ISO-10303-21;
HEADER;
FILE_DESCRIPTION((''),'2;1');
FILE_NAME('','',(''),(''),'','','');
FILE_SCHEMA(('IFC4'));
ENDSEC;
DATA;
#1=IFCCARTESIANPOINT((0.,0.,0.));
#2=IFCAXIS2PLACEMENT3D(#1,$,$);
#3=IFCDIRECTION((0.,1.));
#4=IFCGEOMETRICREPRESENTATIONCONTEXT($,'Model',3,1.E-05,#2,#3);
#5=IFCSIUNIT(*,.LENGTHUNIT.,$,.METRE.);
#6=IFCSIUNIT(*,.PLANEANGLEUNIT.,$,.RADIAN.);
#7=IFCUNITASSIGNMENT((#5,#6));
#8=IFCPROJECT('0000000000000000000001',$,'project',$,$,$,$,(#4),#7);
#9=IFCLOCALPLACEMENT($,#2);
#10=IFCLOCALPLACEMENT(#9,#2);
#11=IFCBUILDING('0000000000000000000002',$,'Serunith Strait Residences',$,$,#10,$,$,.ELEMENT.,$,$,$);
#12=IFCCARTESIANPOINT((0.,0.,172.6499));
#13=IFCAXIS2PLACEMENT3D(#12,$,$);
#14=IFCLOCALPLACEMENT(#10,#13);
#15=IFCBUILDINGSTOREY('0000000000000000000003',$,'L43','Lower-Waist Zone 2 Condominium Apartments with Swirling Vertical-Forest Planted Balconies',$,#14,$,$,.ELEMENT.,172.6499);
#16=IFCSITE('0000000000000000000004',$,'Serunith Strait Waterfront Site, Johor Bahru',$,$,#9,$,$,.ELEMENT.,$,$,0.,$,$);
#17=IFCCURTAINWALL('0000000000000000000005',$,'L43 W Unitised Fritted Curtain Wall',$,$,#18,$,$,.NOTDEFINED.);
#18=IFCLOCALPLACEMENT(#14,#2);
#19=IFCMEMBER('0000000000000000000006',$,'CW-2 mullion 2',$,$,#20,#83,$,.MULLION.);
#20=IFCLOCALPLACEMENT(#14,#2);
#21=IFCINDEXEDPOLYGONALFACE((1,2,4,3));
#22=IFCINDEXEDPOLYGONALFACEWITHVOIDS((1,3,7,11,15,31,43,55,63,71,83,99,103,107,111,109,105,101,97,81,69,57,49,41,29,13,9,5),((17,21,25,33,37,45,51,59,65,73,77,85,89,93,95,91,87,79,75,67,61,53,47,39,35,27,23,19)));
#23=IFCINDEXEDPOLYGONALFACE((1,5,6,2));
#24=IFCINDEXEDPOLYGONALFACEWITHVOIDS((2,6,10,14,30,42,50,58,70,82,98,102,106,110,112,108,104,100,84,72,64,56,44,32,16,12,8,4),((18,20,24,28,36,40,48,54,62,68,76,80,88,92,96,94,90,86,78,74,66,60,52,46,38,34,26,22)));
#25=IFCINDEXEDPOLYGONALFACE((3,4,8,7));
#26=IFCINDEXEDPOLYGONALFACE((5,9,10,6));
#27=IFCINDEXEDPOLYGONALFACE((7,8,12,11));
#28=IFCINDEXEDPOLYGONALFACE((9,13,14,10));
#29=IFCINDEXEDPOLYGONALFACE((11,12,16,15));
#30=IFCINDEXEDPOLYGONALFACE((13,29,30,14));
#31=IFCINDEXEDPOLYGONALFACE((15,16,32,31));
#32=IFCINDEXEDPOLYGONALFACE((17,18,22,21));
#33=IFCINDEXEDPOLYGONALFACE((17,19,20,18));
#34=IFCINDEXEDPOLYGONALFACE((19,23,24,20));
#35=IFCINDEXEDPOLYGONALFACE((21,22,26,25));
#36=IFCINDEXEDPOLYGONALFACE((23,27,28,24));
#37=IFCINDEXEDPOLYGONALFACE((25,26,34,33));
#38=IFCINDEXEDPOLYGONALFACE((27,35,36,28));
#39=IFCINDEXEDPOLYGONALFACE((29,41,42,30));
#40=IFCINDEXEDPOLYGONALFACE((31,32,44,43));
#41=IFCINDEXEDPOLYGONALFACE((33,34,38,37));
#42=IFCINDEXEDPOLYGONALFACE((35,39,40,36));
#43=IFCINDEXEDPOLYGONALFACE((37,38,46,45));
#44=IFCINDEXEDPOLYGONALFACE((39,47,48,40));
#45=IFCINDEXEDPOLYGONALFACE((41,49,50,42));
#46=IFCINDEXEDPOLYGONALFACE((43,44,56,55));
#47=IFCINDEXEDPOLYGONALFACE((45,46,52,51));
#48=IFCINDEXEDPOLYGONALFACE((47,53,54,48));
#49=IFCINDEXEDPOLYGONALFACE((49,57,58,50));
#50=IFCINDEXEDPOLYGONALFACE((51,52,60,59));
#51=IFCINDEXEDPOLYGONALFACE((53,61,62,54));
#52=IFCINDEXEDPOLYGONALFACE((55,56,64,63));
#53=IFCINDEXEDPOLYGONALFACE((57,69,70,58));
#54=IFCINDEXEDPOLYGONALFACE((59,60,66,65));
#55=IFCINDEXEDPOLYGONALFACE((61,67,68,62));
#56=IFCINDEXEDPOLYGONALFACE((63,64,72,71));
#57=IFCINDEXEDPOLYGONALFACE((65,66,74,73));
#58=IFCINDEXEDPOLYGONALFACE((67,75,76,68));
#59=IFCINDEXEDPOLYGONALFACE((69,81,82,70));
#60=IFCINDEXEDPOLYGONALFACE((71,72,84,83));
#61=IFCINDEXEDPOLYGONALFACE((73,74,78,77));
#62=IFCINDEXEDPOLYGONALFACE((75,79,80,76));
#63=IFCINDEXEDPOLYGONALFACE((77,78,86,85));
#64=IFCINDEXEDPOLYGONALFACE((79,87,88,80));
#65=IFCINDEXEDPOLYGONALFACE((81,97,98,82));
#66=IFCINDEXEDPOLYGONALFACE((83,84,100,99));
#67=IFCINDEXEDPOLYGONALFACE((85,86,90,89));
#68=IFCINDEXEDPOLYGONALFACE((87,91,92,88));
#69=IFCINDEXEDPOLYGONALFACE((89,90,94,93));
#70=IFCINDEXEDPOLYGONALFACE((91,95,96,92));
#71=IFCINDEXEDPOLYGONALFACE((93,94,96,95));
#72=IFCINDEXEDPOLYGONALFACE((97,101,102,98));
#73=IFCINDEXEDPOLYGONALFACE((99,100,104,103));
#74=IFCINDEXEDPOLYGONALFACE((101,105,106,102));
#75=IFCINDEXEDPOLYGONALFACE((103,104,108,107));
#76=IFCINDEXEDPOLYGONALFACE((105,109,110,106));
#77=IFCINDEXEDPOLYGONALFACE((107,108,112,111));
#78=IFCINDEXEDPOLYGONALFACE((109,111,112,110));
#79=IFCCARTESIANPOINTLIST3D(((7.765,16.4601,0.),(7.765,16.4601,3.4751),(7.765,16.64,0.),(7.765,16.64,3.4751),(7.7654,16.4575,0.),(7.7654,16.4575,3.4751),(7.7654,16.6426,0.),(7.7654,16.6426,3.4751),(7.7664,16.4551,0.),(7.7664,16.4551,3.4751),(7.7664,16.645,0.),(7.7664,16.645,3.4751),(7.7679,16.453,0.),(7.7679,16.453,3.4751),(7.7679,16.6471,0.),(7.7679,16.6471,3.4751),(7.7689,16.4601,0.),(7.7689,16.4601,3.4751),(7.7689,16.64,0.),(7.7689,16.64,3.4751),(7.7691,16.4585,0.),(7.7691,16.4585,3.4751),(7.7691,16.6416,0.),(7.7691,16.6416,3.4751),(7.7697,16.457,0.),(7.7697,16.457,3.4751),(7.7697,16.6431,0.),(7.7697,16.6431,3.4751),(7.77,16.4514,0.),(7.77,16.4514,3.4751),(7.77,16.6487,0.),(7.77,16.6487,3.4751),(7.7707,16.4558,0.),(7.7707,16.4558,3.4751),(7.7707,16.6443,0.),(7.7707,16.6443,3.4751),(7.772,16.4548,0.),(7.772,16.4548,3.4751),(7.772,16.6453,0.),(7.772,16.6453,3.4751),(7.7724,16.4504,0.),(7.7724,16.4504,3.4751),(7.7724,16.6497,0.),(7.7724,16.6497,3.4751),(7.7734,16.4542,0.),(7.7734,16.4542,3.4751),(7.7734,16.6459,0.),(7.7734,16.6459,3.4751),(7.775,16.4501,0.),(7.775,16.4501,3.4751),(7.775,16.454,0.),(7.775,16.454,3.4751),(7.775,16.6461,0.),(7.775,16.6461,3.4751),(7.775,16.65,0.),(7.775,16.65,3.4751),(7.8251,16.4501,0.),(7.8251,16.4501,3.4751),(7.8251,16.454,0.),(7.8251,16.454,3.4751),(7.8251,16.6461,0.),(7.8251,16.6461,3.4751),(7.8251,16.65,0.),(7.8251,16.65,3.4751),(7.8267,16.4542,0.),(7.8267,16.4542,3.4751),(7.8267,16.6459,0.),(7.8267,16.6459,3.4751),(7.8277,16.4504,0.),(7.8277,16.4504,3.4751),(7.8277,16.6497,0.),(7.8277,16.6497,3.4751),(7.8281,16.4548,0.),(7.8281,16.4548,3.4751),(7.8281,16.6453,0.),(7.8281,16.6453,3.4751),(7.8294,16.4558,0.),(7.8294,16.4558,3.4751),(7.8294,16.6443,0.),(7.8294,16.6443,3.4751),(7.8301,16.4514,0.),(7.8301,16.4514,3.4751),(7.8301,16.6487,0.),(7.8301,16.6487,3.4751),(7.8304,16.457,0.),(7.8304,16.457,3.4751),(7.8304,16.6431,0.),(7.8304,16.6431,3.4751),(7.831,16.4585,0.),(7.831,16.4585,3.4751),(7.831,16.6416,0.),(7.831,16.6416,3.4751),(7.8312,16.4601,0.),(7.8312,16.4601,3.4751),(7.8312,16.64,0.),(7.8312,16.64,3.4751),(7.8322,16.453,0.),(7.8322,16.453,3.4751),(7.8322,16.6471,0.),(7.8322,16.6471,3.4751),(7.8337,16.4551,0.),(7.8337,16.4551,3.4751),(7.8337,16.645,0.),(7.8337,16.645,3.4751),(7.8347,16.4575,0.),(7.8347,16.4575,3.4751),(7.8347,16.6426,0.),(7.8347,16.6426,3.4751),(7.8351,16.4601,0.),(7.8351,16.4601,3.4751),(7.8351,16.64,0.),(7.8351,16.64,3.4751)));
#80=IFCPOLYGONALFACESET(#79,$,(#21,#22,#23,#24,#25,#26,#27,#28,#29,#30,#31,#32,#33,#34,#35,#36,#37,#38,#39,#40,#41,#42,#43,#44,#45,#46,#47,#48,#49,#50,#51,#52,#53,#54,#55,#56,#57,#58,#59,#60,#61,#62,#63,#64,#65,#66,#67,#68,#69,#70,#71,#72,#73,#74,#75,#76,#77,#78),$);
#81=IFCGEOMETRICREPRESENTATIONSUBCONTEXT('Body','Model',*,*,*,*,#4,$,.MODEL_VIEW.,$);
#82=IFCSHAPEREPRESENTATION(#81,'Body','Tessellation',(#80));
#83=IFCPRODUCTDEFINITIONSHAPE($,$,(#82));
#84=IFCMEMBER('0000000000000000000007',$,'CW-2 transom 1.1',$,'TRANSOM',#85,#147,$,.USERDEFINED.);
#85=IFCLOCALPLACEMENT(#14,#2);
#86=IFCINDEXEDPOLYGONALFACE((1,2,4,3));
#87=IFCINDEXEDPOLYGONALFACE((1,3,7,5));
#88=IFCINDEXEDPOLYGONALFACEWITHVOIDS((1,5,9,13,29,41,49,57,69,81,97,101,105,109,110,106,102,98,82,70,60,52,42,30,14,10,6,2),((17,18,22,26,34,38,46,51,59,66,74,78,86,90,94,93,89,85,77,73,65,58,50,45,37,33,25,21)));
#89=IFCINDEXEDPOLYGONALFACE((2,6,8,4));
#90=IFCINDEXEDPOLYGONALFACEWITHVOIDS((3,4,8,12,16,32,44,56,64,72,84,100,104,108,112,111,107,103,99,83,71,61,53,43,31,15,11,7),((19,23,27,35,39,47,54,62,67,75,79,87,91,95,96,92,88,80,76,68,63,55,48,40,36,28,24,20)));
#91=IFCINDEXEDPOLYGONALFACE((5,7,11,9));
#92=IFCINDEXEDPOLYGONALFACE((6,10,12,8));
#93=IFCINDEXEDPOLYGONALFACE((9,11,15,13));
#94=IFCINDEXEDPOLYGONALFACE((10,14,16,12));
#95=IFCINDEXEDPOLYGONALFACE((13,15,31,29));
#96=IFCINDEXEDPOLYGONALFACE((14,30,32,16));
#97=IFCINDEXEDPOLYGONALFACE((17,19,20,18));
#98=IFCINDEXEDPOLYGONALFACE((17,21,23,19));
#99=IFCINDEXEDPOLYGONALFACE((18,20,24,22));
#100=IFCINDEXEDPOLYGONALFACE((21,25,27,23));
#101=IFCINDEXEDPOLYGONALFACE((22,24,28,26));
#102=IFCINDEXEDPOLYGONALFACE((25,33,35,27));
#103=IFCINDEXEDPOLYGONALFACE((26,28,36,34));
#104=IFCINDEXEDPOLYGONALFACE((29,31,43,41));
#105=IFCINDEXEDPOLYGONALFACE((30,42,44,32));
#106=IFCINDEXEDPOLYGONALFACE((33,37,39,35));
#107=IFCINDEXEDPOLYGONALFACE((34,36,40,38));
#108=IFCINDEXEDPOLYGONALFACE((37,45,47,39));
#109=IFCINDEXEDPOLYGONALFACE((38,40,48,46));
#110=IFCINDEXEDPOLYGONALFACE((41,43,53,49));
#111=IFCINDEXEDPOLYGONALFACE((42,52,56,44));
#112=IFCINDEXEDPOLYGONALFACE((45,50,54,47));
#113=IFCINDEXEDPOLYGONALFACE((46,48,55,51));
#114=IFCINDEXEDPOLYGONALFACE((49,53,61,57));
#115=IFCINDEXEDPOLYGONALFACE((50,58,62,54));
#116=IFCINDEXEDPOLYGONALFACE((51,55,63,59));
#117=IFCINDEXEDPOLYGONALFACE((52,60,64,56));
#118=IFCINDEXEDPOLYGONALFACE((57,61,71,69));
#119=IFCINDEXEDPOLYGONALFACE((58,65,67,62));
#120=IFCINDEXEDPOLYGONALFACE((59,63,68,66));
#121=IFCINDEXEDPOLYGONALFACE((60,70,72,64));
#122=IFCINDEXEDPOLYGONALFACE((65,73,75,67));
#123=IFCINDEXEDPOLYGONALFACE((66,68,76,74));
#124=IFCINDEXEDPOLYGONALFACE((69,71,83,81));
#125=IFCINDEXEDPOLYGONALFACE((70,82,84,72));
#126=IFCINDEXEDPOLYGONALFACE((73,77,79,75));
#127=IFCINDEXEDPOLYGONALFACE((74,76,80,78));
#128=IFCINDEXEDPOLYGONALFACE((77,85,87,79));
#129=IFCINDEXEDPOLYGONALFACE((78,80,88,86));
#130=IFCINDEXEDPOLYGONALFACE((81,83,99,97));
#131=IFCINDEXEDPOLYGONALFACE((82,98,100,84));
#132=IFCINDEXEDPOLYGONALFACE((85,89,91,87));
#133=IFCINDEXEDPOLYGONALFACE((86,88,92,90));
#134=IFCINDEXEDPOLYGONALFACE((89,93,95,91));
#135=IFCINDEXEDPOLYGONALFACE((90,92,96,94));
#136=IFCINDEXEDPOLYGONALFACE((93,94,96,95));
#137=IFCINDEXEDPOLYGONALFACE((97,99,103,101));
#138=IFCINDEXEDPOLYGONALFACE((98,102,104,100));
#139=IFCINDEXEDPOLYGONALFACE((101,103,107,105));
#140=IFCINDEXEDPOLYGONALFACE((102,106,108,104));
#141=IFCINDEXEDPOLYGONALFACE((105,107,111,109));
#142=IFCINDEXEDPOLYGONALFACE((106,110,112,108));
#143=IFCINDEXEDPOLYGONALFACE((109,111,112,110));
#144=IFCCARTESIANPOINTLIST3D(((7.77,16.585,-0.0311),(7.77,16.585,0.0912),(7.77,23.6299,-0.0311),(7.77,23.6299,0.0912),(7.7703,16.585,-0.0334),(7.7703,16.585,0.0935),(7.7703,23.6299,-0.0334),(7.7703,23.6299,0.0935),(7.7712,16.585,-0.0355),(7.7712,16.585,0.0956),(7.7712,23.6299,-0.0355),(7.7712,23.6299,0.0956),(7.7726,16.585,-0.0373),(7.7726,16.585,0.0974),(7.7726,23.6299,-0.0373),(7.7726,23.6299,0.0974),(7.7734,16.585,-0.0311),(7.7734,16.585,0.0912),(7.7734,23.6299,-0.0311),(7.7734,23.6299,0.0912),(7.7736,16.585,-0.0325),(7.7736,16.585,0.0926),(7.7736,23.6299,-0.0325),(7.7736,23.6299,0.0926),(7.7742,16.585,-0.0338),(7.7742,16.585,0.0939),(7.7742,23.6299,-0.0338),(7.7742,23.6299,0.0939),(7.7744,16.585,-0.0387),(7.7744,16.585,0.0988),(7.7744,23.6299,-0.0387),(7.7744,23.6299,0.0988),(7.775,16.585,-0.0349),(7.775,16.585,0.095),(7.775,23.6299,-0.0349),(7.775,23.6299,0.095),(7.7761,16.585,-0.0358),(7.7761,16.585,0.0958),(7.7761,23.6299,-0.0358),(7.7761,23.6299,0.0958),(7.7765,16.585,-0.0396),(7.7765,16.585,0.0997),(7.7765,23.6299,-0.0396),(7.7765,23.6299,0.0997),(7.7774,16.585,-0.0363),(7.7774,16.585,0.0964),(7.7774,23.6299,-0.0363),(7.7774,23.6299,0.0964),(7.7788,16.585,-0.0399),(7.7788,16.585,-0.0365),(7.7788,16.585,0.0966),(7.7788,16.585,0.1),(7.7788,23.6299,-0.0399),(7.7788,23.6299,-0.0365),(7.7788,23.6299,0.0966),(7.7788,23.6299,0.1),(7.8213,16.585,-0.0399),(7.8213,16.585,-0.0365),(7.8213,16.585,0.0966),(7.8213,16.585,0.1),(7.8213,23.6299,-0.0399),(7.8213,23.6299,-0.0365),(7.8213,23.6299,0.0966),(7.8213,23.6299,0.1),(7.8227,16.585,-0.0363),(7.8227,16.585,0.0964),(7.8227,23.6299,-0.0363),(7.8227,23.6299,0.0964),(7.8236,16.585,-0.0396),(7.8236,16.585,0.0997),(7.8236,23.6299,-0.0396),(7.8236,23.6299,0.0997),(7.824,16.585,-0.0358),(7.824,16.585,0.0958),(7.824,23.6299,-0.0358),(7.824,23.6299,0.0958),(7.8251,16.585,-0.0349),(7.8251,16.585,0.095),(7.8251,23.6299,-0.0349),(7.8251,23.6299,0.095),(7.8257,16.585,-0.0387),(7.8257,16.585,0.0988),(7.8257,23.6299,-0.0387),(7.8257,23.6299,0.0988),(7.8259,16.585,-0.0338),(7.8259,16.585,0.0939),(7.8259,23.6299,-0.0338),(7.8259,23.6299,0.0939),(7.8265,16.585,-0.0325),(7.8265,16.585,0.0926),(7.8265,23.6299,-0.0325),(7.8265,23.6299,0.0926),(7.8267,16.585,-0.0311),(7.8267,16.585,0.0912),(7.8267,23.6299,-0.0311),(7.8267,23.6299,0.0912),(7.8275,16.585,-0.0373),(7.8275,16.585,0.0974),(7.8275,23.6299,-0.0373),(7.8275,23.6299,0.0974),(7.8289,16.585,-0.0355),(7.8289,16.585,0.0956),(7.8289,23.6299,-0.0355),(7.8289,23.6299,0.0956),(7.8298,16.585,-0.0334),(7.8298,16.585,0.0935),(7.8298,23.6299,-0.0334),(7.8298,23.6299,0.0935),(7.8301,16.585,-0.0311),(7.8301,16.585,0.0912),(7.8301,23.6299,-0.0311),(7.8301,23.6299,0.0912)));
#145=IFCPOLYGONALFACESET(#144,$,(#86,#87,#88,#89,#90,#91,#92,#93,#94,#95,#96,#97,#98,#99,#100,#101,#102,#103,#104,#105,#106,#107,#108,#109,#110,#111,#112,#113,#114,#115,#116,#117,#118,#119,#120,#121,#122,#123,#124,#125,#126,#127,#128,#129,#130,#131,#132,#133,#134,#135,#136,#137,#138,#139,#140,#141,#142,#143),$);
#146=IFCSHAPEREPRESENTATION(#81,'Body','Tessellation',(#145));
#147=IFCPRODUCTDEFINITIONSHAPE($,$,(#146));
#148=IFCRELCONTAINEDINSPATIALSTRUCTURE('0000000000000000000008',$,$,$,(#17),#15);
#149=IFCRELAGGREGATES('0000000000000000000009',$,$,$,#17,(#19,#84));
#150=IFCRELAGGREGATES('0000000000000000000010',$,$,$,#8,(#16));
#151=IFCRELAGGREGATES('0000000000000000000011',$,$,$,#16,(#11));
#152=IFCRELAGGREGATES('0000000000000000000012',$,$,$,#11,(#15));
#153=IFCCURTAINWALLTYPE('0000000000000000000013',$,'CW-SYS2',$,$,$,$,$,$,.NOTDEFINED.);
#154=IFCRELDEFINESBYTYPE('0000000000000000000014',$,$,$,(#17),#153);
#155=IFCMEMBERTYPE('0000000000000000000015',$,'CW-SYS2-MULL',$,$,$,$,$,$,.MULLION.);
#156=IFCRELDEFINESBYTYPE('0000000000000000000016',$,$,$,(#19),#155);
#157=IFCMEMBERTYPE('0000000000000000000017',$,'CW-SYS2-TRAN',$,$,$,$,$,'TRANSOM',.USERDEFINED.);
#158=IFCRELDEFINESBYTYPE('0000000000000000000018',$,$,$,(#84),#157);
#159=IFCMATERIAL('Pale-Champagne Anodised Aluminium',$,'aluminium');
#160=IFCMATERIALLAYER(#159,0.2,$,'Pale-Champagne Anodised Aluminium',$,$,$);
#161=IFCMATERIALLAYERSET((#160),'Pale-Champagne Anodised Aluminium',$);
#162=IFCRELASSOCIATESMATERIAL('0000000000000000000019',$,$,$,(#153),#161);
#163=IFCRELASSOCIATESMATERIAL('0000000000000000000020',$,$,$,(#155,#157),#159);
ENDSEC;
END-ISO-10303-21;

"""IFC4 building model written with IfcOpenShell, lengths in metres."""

from ifc_helpers import new_model, si_unit, direction, frame, origin, origin_2d, place, context, subcontext, project, spatial, hollow_rectangle, extrude, source, transform, mapped, material, layer, layer_set, material_profile, profile_set, type_object, element, aggregate, save


model = new_model("IFC4")

# Units and contexts
model_context = context("Model", 3, precision=1e-05, world=origin(), true_north=direction((0.0, 1.0)))
body_context = subcontext(model_context, "Body", "Model", "MODEL_VIEW")
ifc_project = project(units=[si_unit("LENGTHUNIT", "METRE"), si_unit("PLANEANGLEUNIT", "RADIAN")], contexts=[model_context])

# Site, building, storey
site_placement = place(None, origin())
site = spatial("IfcSite", under=ifc_project, at=site_placement, Name="Serunith Strait Waterfront Site, Johor Bahru", CompositionType="ELEMENT", RefElevation=0.0)
building_placement = place(site_placement, origin())
building = spatial("IfcBuilding", under=site, at=building_placement, Name="Serunith Strait Residences", CompositionType="ELEMENT")
storey_placement = place(building_placement, frame((0.0, 0.0, 172.6499)))
storey = spatial("IfcBuildingStorey", under=building, at=storey_placement, Name="L43", Description="Lower-Waist Zone 2 Condominium Apartments with Swirling Vertical-Forest Planted Balconies", CompositionType="ELEMENT", Elevation=172.6499)

# Curtain wall, members
ifc_material_1 = material(Name="Pale-Champagne Anodised Aluminium", Category="aluminium")
ifc_layer_1 = layer(ifc_material_1, 0.2, Name="Pale-Champagne Anodised Aluminium")
ifc_layer_set_1 = layer_set([ifc_layer_1], Name="Pale-Champagne Anodised Aluminium")
curtain_wall_type = type_object("IfcCurtainWallType", Name="CW-SYS2", PredefinedType="NOTDEFINED", material=ifc_layer_set_1)
curtain_wall_placement = place(storey_placement, origin())
curtain_wall = element("IfcCurtainWall", 1, at=curtain_wall_placement, inside=storey, type_object=curtain_wall_type, Name="L43 W Unitised Fritted Curtain Wall", PredefinedType="NOTDEFINED")
ifc_material_profile_1 = material_profile(ifc_material_1, hollow_rectangle(XDim=0.0701, YDim=0.2, WallThickness=0.0039, InnerFilletRadius=0.0061, OuterFilletRadius=0.01, at=origin_2d()), Name="ALU 200x70x4")
ifc_profile_set_1 = profile_set([ifc_material_profile_1], Name="Pale-Champagne Anodised Aluminium")
member_type_1 = type_object("IfcMemberType", Name="CW-SYS2-MULL", PredefinedType="MULLION", material=ifc_profile_set_1)
shared_shape_1 = source(origin(), body_context, "Body", "SweptSolid", [
    extrude(hollow_rectangle(XDim=0.0701, YDim=0.2, WallThickness=0.0039, InnerFilletRadius=0.0061, OuterFilletRadius=0.01, at=origin_2d()), origin(), (0.0, 0.0, 1.0), 3.4751),
])
member_1_placement = place(storey_placement, frame((7.8, 16.55, 0.0), z_axis=(0.0, 0.0, 1.0), x_axis=(1.0, 0.0, 0.0)))
member_1 = element("IfcMember", 2, at=member_1_placement, type_object=member_type_1, Name="CW-2 mullion 2", PredefinedType="MULLION", context=body_context, shape_type="MappedRepresentation", body=[
    mapped(shared_shape_1, transform((0.0, 0.0, 0.0), scale=1.0)),
])
ifc_material_profile_2 = material_profile(ifc_material_1, hollow_rectangle(XDim=0.0601, YDim=0.1399, WallThickness=0.0034, InnerFilletRadius=0.0054, OuterFilletRadius=0.0088, at=origin_2d()), Name="ALU 140x60x3.5")
ifc_profile_set_2 = profile_set([ifc_material_profile_2], Name="Pale-Champagne Anodised Aluminium")
member_type_2 = type_object("IfcMemberType", Name="CW-SYS2-TRAN", ElementType="TRANSOM", PredefinedType="USERDEFINED", material=ifc_profile_set_2)
shared_shape_2 = source(origin(), body_context, "Body", "SweptSolid", [
    extrude(hollow_rectangle(XDim=0.0601, YDim=0.1399, WallThickness=0.0034, InnerFilletRadius=0.0054, OuterFilletRadius=0.0088, at=origin_2d()), origin(), (0.0, 0.0, 1.0), 7.0449),
])
member_2_placement = place(storey_placement, frame((7.8, 23.6299, 0.03), z_axis=(0.0, -1.0, 0.0), x_axis=(1.0, 0.0, 0.0)))
member_2 = element("IfcMember", 3, at=member_2_placement, type_object=member_type_2, Name="CW-2 transom 1.1", ObjectType="TRANSOM", PredefinedType="USERDEFINED", context=body_context, shape_type="MappedRepresentation", body=[
    mapped(shared_shape_2, transform((0.0, 0.0, 0.0), scale=1.0)),
])
aggregate(curtain_wall, [member_1, member_2])

save(model, "model.ifc")
